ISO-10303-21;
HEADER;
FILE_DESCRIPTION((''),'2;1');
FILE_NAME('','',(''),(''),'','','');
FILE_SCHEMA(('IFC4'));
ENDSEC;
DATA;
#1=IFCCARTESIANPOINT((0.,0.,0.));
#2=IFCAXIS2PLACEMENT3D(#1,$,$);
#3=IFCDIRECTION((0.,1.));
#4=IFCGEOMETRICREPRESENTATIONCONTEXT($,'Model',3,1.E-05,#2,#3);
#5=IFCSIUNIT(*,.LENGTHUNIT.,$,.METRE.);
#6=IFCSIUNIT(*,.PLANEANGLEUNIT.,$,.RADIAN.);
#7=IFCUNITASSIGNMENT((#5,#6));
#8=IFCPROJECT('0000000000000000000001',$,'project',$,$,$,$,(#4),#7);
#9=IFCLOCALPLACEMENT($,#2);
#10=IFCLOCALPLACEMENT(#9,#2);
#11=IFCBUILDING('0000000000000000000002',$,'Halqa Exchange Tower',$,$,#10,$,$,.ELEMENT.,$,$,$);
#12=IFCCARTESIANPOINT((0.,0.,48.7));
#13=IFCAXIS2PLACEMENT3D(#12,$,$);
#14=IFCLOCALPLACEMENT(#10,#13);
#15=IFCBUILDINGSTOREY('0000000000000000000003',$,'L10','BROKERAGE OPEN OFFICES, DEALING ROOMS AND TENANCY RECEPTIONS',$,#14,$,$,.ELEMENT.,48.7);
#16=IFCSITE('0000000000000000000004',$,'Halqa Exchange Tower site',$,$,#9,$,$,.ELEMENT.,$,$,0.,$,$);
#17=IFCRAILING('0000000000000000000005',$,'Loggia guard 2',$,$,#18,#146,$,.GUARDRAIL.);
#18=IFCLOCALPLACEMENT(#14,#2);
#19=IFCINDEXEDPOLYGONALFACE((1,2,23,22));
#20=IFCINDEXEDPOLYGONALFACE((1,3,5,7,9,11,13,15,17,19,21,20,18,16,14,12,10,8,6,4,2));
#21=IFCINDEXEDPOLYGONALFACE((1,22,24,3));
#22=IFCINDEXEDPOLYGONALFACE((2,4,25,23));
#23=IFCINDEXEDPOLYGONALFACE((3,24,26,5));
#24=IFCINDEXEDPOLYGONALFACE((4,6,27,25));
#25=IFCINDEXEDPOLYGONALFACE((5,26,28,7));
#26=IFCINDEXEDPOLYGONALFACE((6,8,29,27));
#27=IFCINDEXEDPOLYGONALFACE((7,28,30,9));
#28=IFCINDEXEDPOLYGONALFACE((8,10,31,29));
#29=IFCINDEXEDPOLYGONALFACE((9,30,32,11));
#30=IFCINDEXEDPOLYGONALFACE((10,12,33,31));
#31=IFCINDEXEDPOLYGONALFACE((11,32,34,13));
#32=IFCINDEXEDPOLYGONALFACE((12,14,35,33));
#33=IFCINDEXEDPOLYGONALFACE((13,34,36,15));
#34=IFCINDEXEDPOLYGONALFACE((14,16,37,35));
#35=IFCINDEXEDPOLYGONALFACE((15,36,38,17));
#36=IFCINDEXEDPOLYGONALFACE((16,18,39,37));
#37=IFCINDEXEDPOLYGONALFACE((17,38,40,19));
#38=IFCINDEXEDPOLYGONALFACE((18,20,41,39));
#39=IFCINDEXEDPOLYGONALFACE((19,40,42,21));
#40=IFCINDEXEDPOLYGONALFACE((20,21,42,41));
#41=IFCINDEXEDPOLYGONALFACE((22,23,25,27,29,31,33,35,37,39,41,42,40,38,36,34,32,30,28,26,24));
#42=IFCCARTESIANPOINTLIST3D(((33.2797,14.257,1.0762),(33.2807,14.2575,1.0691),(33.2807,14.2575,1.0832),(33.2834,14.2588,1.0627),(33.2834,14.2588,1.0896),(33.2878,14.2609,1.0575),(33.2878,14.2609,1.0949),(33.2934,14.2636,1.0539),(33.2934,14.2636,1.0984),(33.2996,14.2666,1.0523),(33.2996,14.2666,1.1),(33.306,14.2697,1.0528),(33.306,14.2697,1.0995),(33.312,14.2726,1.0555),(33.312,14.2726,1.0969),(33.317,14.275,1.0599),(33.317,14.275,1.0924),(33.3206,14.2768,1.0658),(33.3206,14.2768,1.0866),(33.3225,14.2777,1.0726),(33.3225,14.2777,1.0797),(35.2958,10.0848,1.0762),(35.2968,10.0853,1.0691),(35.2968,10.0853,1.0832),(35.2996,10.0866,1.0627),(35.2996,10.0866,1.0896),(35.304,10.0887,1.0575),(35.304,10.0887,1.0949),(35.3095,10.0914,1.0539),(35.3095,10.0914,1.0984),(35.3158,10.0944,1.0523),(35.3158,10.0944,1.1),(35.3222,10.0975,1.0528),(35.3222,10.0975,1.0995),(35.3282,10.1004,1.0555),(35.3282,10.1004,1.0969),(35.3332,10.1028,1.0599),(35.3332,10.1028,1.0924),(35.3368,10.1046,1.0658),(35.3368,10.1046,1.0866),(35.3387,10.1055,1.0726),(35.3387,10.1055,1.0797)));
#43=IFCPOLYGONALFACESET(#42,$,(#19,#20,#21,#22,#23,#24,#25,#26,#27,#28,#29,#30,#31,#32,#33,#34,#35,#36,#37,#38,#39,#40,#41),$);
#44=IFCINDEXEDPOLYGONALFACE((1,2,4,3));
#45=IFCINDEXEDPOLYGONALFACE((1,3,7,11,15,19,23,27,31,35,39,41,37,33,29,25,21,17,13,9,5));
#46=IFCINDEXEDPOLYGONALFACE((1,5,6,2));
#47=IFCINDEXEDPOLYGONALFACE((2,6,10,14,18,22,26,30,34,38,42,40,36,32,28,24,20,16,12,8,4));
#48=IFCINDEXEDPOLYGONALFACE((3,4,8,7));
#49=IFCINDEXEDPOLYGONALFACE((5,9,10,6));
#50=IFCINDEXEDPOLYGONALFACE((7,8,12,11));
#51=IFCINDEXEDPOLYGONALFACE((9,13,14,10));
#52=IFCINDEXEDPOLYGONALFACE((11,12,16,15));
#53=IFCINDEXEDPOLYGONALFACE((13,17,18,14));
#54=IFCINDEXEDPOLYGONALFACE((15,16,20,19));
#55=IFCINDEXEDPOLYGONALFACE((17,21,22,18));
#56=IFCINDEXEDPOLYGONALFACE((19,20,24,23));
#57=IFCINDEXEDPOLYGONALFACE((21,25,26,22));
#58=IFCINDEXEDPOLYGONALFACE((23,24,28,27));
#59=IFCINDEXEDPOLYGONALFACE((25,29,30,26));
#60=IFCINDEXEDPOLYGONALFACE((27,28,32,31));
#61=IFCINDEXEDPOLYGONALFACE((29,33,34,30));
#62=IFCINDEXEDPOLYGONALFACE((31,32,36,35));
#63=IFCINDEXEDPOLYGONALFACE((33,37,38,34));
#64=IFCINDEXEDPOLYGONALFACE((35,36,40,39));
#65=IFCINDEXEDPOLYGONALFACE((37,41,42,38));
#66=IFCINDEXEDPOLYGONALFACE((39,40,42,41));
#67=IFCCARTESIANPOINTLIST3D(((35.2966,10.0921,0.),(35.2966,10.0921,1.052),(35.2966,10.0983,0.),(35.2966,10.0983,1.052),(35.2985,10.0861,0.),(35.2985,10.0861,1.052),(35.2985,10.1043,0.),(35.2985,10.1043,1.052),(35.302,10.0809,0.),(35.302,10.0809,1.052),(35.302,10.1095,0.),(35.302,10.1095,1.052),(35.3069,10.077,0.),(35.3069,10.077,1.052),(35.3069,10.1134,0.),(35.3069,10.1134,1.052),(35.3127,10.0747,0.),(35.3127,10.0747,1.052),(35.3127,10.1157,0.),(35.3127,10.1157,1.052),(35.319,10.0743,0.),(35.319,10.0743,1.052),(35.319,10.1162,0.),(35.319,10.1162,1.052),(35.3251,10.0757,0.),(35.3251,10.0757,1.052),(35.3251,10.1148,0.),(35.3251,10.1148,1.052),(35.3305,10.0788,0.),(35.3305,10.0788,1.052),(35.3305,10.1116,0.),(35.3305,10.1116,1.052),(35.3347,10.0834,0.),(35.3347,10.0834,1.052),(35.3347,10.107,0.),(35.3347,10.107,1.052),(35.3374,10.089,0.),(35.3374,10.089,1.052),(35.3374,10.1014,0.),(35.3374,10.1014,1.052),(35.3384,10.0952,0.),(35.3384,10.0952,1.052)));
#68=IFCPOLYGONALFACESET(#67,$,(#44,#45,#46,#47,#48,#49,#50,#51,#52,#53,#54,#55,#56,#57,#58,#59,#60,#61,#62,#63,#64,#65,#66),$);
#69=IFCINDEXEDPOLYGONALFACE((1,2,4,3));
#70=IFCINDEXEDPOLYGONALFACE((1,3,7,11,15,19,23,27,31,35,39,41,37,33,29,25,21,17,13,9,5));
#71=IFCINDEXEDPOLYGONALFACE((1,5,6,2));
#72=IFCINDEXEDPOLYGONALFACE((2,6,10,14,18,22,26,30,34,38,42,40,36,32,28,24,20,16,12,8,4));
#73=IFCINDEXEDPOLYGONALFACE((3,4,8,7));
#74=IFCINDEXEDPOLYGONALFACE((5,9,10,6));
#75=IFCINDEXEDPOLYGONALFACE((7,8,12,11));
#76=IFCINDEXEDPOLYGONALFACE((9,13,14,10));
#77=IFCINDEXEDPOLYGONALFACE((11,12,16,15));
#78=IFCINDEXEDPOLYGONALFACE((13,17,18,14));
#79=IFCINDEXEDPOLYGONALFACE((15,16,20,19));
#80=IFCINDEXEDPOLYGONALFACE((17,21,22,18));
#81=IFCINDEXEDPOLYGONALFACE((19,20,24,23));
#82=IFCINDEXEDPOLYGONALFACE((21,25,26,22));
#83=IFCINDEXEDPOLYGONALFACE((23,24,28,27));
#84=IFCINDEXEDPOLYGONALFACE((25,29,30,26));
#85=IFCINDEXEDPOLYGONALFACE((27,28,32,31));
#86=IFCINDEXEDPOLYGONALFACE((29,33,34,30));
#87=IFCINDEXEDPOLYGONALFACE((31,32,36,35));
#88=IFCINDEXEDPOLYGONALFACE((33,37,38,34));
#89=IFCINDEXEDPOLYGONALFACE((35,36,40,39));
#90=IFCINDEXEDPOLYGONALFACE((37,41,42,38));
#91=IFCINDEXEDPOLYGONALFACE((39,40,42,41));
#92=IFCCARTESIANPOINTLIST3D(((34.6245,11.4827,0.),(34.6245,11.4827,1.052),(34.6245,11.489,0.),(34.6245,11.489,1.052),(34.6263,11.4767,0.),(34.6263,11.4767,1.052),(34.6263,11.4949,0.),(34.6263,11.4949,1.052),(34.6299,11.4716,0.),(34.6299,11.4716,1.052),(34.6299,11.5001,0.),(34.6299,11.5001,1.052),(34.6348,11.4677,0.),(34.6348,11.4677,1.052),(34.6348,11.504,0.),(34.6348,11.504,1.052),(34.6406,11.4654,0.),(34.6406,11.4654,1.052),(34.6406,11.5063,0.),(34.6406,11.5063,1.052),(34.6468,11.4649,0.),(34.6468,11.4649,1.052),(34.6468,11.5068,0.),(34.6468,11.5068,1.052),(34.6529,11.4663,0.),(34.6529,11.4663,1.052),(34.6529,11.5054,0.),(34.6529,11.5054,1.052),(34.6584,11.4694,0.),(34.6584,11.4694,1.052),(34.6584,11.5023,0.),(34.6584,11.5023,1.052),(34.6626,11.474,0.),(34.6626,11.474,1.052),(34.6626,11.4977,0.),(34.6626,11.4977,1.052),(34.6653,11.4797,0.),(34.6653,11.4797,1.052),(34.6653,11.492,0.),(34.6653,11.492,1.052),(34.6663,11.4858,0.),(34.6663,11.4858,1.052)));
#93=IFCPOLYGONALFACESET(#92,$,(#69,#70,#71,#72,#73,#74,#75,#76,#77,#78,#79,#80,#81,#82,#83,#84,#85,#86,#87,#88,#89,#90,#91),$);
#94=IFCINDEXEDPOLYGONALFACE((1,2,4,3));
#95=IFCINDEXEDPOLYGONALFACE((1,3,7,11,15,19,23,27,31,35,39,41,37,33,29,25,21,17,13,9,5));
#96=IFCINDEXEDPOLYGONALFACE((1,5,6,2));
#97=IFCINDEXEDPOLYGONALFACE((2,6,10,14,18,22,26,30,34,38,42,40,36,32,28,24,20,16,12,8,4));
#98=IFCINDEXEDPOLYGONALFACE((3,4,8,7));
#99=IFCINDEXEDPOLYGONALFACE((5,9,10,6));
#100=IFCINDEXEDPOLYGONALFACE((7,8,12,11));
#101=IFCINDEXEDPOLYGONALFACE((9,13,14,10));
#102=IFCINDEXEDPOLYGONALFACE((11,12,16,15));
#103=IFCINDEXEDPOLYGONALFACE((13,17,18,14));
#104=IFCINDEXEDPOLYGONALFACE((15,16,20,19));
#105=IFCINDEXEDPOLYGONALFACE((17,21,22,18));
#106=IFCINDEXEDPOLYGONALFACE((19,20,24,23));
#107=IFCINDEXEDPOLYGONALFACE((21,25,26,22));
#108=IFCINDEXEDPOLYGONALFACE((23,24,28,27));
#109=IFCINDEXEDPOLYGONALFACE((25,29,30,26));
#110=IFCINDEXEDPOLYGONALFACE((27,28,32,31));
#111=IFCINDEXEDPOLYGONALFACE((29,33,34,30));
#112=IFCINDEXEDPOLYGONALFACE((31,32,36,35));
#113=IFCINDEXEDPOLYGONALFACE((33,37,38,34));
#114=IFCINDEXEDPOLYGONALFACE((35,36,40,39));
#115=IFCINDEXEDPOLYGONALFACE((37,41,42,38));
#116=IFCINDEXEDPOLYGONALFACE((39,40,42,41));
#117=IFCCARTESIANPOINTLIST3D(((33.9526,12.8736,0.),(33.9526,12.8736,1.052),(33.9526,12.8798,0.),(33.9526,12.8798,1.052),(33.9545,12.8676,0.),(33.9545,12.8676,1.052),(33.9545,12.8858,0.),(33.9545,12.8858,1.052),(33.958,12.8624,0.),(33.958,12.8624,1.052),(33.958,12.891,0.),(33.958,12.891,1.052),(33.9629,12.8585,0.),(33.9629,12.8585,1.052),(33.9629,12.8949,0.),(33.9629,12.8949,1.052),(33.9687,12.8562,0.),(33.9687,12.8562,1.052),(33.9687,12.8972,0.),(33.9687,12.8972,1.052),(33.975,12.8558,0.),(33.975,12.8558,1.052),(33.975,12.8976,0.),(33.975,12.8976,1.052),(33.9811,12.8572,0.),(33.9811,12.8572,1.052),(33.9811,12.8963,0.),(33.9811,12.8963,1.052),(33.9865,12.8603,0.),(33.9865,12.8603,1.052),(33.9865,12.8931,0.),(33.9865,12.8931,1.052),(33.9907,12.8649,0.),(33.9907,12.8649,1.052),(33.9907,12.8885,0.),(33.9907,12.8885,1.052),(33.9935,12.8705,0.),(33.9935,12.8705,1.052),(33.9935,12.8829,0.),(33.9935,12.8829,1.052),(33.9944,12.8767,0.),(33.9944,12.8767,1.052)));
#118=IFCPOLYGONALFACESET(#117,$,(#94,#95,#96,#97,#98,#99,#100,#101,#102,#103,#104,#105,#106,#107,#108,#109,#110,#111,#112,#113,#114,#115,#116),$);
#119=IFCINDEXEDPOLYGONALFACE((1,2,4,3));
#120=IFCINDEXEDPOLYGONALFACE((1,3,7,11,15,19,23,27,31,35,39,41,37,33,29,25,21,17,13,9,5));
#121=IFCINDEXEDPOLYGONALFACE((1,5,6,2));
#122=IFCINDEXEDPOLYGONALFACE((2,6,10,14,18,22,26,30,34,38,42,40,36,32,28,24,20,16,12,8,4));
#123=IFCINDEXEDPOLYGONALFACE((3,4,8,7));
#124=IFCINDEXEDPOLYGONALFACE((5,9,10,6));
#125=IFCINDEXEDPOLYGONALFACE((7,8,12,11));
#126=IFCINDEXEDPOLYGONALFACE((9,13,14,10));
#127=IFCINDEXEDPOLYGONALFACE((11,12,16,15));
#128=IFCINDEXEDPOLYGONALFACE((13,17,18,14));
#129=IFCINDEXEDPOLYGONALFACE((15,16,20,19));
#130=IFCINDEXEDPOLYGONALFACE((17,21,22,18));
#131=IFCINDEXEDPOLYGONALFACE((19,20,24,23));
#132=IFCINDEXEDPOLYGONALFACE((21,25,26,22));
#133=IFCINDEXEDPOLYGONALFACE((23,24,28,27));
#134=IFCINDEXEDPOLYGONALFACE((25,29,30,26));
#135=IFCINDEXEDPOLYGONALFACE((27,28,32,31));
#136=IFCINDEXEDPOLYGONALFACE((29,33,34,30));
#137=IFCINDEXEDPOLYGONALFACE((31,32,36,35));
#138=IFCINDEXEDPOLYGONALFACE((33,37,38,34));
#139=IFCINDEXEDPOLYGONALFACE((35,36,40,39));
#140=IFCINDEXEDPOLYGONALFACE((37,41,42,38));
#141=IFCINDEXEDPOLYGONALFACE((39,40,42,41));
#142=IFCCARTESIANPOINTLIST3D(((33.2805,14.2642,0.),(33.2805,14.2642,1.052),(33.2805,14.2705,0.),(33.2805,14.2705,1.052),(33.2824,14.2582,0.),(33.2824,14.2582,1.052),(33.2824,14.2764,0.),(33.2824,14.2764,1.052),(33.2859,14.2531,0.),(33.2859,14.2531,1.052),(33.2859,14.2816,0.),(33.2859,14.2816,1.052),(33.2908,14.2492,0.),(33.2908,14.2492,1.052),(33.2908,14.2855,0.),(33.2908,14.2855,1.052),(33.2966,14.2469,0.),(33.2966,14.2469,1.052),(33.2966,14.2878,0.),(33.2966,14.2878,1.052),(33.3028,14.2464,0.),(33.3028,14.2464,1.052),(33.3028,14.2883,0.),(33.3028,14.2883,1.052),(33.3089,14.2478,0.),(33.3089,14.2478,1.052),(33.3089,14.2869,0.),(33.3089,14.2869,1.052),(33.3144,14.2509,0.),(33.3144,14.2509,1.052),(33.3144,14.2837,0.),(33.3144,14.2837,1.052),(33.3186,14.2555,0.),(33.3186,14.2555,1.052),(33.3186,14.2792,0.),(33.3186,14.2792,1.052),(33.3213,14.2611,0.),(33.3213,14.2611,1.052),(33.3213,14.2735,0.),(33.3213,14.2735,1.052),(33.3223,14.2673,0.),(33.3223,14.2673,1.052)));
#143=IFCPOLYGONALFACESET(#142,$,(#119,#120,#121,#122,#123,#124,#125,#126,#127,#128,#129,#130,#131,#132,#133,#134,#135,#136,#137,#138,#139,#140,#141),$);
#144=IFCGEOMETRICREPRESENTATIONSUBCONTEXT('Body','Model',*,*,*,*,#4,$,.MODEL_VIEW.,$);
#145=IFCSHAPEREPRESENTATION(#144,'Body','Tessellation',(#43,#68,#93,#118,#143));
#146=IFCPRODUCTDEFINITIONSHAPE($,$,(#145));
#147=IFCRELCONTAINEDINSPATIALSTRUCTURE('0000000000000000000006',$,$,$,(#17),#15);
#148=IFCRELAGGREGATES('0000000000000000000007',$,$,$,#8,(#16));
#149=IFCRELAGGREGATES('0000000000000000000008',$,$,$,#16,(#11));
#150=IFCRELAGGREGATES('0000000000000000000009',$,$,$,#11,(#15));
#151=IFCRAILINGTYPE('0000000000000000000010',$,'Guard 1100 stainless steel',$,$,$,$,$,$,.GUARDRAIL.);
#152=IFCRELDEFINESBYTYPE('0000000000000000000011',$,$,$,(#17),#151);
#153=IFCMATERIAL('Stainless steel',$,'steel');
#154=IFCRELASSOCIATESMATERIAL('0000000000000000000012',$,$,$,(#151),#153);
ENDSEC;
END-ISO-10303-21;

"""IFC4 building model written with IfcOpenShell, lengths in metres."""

from ifc_helpers import new_model, si_unit, direction, frame, origin, origin_2d, place, context, subcontext, project, spatial, circle, extrude, material, type_object, element, save


model = new_model("IFC4")

# Units and contexts
model_context = context("Model", 3, precision=1e-05, world=origin(), true_north=direction((0.0, 1.0)))
body_context = subcontext(model_context, "Body", "Model", "MODEL_VIEW")
ifc_project = project(units=[si_unit("LENGTHUNIT", "METRE"), si_unit("PLANEANGLEUNIT", "RADIAN")], contexts=[model_context])

# Site, building, storey
site_placement = place(None, origin())
site = spatial("IfcSite", under=ifc_project, at=site_placement, Name="Halqa Exchange Tower site", CompositionType="ELEMENT", RefElevation=0.0)
building_placement = place(site_placement, origin())
building = spatial("IfcBuilding", under=site, at=building_placement, Name="Halqa Exchange Tower", CompositionType="ELEMENT")
storey_placement = place(building_placement, frame((0.0, 0.0, 48.7)))
storey = spatial("IfcBuildingStorey", under=building, at=storey_placement, Name="L10", Description="BROKERAGE OPEN OFFICES, DEALING ROOMS AND TENANCY RECEPTIONS", CompositionType="ELEMENT", Elevation=48.7)

# Railing
ifc_material_1 = material(Name="Stainless steel", Category="steel")
railing_type = type_object("IfcRailingType", Name="Guard 1100 stainless steel", PredefinedType="GUARDRAIL", material=ifc_material_1)
railing_1_placement = place(storey_placement, frame((35.3174, 10.0952, 0.0)))
element("IfcRailing", 1, at=railing_1_placement, inside=storey, type_object=railing_type, Name="Loggia guard 2", PredefinedType="GUARDRAIL", context=body_context, shape_type="SweptSolid", body=[
    extrude(circle(Radius=0.0239, at=origin_2d()), frame((0.0, 0.0, 1.0762), z_axis=(-0.435097, 0.900384, 0.0), x_axis=(-0.900384, -0.435097, 0.0)), (0.0, 0.0, 1.0), 4.6338),
    extrude(circle(Radius=0.021, at=origin_2d()), origin(), (0.0, 0.0, 1.0), 1.052),
    extrude(circle(Radius=0.021, at=origin_2d()), frame((-0.6721, 1.3906, 0.0)), (0.0, 0.0, 1.0), 1.052),
    extrude(circle(Radius=0.021, at=origin_2d()), frame((-1.344, 2.7815, 0.0)), (0.0, 0.0, 1.0), 1.052),
    extrude(circle(Radius=0.021, at=origin_2d()), frame((-2.0161, 4.1721, 0.0)), (0.0, 0.0, 1.0), 1.052),
])

save(model, "model.ifc")
